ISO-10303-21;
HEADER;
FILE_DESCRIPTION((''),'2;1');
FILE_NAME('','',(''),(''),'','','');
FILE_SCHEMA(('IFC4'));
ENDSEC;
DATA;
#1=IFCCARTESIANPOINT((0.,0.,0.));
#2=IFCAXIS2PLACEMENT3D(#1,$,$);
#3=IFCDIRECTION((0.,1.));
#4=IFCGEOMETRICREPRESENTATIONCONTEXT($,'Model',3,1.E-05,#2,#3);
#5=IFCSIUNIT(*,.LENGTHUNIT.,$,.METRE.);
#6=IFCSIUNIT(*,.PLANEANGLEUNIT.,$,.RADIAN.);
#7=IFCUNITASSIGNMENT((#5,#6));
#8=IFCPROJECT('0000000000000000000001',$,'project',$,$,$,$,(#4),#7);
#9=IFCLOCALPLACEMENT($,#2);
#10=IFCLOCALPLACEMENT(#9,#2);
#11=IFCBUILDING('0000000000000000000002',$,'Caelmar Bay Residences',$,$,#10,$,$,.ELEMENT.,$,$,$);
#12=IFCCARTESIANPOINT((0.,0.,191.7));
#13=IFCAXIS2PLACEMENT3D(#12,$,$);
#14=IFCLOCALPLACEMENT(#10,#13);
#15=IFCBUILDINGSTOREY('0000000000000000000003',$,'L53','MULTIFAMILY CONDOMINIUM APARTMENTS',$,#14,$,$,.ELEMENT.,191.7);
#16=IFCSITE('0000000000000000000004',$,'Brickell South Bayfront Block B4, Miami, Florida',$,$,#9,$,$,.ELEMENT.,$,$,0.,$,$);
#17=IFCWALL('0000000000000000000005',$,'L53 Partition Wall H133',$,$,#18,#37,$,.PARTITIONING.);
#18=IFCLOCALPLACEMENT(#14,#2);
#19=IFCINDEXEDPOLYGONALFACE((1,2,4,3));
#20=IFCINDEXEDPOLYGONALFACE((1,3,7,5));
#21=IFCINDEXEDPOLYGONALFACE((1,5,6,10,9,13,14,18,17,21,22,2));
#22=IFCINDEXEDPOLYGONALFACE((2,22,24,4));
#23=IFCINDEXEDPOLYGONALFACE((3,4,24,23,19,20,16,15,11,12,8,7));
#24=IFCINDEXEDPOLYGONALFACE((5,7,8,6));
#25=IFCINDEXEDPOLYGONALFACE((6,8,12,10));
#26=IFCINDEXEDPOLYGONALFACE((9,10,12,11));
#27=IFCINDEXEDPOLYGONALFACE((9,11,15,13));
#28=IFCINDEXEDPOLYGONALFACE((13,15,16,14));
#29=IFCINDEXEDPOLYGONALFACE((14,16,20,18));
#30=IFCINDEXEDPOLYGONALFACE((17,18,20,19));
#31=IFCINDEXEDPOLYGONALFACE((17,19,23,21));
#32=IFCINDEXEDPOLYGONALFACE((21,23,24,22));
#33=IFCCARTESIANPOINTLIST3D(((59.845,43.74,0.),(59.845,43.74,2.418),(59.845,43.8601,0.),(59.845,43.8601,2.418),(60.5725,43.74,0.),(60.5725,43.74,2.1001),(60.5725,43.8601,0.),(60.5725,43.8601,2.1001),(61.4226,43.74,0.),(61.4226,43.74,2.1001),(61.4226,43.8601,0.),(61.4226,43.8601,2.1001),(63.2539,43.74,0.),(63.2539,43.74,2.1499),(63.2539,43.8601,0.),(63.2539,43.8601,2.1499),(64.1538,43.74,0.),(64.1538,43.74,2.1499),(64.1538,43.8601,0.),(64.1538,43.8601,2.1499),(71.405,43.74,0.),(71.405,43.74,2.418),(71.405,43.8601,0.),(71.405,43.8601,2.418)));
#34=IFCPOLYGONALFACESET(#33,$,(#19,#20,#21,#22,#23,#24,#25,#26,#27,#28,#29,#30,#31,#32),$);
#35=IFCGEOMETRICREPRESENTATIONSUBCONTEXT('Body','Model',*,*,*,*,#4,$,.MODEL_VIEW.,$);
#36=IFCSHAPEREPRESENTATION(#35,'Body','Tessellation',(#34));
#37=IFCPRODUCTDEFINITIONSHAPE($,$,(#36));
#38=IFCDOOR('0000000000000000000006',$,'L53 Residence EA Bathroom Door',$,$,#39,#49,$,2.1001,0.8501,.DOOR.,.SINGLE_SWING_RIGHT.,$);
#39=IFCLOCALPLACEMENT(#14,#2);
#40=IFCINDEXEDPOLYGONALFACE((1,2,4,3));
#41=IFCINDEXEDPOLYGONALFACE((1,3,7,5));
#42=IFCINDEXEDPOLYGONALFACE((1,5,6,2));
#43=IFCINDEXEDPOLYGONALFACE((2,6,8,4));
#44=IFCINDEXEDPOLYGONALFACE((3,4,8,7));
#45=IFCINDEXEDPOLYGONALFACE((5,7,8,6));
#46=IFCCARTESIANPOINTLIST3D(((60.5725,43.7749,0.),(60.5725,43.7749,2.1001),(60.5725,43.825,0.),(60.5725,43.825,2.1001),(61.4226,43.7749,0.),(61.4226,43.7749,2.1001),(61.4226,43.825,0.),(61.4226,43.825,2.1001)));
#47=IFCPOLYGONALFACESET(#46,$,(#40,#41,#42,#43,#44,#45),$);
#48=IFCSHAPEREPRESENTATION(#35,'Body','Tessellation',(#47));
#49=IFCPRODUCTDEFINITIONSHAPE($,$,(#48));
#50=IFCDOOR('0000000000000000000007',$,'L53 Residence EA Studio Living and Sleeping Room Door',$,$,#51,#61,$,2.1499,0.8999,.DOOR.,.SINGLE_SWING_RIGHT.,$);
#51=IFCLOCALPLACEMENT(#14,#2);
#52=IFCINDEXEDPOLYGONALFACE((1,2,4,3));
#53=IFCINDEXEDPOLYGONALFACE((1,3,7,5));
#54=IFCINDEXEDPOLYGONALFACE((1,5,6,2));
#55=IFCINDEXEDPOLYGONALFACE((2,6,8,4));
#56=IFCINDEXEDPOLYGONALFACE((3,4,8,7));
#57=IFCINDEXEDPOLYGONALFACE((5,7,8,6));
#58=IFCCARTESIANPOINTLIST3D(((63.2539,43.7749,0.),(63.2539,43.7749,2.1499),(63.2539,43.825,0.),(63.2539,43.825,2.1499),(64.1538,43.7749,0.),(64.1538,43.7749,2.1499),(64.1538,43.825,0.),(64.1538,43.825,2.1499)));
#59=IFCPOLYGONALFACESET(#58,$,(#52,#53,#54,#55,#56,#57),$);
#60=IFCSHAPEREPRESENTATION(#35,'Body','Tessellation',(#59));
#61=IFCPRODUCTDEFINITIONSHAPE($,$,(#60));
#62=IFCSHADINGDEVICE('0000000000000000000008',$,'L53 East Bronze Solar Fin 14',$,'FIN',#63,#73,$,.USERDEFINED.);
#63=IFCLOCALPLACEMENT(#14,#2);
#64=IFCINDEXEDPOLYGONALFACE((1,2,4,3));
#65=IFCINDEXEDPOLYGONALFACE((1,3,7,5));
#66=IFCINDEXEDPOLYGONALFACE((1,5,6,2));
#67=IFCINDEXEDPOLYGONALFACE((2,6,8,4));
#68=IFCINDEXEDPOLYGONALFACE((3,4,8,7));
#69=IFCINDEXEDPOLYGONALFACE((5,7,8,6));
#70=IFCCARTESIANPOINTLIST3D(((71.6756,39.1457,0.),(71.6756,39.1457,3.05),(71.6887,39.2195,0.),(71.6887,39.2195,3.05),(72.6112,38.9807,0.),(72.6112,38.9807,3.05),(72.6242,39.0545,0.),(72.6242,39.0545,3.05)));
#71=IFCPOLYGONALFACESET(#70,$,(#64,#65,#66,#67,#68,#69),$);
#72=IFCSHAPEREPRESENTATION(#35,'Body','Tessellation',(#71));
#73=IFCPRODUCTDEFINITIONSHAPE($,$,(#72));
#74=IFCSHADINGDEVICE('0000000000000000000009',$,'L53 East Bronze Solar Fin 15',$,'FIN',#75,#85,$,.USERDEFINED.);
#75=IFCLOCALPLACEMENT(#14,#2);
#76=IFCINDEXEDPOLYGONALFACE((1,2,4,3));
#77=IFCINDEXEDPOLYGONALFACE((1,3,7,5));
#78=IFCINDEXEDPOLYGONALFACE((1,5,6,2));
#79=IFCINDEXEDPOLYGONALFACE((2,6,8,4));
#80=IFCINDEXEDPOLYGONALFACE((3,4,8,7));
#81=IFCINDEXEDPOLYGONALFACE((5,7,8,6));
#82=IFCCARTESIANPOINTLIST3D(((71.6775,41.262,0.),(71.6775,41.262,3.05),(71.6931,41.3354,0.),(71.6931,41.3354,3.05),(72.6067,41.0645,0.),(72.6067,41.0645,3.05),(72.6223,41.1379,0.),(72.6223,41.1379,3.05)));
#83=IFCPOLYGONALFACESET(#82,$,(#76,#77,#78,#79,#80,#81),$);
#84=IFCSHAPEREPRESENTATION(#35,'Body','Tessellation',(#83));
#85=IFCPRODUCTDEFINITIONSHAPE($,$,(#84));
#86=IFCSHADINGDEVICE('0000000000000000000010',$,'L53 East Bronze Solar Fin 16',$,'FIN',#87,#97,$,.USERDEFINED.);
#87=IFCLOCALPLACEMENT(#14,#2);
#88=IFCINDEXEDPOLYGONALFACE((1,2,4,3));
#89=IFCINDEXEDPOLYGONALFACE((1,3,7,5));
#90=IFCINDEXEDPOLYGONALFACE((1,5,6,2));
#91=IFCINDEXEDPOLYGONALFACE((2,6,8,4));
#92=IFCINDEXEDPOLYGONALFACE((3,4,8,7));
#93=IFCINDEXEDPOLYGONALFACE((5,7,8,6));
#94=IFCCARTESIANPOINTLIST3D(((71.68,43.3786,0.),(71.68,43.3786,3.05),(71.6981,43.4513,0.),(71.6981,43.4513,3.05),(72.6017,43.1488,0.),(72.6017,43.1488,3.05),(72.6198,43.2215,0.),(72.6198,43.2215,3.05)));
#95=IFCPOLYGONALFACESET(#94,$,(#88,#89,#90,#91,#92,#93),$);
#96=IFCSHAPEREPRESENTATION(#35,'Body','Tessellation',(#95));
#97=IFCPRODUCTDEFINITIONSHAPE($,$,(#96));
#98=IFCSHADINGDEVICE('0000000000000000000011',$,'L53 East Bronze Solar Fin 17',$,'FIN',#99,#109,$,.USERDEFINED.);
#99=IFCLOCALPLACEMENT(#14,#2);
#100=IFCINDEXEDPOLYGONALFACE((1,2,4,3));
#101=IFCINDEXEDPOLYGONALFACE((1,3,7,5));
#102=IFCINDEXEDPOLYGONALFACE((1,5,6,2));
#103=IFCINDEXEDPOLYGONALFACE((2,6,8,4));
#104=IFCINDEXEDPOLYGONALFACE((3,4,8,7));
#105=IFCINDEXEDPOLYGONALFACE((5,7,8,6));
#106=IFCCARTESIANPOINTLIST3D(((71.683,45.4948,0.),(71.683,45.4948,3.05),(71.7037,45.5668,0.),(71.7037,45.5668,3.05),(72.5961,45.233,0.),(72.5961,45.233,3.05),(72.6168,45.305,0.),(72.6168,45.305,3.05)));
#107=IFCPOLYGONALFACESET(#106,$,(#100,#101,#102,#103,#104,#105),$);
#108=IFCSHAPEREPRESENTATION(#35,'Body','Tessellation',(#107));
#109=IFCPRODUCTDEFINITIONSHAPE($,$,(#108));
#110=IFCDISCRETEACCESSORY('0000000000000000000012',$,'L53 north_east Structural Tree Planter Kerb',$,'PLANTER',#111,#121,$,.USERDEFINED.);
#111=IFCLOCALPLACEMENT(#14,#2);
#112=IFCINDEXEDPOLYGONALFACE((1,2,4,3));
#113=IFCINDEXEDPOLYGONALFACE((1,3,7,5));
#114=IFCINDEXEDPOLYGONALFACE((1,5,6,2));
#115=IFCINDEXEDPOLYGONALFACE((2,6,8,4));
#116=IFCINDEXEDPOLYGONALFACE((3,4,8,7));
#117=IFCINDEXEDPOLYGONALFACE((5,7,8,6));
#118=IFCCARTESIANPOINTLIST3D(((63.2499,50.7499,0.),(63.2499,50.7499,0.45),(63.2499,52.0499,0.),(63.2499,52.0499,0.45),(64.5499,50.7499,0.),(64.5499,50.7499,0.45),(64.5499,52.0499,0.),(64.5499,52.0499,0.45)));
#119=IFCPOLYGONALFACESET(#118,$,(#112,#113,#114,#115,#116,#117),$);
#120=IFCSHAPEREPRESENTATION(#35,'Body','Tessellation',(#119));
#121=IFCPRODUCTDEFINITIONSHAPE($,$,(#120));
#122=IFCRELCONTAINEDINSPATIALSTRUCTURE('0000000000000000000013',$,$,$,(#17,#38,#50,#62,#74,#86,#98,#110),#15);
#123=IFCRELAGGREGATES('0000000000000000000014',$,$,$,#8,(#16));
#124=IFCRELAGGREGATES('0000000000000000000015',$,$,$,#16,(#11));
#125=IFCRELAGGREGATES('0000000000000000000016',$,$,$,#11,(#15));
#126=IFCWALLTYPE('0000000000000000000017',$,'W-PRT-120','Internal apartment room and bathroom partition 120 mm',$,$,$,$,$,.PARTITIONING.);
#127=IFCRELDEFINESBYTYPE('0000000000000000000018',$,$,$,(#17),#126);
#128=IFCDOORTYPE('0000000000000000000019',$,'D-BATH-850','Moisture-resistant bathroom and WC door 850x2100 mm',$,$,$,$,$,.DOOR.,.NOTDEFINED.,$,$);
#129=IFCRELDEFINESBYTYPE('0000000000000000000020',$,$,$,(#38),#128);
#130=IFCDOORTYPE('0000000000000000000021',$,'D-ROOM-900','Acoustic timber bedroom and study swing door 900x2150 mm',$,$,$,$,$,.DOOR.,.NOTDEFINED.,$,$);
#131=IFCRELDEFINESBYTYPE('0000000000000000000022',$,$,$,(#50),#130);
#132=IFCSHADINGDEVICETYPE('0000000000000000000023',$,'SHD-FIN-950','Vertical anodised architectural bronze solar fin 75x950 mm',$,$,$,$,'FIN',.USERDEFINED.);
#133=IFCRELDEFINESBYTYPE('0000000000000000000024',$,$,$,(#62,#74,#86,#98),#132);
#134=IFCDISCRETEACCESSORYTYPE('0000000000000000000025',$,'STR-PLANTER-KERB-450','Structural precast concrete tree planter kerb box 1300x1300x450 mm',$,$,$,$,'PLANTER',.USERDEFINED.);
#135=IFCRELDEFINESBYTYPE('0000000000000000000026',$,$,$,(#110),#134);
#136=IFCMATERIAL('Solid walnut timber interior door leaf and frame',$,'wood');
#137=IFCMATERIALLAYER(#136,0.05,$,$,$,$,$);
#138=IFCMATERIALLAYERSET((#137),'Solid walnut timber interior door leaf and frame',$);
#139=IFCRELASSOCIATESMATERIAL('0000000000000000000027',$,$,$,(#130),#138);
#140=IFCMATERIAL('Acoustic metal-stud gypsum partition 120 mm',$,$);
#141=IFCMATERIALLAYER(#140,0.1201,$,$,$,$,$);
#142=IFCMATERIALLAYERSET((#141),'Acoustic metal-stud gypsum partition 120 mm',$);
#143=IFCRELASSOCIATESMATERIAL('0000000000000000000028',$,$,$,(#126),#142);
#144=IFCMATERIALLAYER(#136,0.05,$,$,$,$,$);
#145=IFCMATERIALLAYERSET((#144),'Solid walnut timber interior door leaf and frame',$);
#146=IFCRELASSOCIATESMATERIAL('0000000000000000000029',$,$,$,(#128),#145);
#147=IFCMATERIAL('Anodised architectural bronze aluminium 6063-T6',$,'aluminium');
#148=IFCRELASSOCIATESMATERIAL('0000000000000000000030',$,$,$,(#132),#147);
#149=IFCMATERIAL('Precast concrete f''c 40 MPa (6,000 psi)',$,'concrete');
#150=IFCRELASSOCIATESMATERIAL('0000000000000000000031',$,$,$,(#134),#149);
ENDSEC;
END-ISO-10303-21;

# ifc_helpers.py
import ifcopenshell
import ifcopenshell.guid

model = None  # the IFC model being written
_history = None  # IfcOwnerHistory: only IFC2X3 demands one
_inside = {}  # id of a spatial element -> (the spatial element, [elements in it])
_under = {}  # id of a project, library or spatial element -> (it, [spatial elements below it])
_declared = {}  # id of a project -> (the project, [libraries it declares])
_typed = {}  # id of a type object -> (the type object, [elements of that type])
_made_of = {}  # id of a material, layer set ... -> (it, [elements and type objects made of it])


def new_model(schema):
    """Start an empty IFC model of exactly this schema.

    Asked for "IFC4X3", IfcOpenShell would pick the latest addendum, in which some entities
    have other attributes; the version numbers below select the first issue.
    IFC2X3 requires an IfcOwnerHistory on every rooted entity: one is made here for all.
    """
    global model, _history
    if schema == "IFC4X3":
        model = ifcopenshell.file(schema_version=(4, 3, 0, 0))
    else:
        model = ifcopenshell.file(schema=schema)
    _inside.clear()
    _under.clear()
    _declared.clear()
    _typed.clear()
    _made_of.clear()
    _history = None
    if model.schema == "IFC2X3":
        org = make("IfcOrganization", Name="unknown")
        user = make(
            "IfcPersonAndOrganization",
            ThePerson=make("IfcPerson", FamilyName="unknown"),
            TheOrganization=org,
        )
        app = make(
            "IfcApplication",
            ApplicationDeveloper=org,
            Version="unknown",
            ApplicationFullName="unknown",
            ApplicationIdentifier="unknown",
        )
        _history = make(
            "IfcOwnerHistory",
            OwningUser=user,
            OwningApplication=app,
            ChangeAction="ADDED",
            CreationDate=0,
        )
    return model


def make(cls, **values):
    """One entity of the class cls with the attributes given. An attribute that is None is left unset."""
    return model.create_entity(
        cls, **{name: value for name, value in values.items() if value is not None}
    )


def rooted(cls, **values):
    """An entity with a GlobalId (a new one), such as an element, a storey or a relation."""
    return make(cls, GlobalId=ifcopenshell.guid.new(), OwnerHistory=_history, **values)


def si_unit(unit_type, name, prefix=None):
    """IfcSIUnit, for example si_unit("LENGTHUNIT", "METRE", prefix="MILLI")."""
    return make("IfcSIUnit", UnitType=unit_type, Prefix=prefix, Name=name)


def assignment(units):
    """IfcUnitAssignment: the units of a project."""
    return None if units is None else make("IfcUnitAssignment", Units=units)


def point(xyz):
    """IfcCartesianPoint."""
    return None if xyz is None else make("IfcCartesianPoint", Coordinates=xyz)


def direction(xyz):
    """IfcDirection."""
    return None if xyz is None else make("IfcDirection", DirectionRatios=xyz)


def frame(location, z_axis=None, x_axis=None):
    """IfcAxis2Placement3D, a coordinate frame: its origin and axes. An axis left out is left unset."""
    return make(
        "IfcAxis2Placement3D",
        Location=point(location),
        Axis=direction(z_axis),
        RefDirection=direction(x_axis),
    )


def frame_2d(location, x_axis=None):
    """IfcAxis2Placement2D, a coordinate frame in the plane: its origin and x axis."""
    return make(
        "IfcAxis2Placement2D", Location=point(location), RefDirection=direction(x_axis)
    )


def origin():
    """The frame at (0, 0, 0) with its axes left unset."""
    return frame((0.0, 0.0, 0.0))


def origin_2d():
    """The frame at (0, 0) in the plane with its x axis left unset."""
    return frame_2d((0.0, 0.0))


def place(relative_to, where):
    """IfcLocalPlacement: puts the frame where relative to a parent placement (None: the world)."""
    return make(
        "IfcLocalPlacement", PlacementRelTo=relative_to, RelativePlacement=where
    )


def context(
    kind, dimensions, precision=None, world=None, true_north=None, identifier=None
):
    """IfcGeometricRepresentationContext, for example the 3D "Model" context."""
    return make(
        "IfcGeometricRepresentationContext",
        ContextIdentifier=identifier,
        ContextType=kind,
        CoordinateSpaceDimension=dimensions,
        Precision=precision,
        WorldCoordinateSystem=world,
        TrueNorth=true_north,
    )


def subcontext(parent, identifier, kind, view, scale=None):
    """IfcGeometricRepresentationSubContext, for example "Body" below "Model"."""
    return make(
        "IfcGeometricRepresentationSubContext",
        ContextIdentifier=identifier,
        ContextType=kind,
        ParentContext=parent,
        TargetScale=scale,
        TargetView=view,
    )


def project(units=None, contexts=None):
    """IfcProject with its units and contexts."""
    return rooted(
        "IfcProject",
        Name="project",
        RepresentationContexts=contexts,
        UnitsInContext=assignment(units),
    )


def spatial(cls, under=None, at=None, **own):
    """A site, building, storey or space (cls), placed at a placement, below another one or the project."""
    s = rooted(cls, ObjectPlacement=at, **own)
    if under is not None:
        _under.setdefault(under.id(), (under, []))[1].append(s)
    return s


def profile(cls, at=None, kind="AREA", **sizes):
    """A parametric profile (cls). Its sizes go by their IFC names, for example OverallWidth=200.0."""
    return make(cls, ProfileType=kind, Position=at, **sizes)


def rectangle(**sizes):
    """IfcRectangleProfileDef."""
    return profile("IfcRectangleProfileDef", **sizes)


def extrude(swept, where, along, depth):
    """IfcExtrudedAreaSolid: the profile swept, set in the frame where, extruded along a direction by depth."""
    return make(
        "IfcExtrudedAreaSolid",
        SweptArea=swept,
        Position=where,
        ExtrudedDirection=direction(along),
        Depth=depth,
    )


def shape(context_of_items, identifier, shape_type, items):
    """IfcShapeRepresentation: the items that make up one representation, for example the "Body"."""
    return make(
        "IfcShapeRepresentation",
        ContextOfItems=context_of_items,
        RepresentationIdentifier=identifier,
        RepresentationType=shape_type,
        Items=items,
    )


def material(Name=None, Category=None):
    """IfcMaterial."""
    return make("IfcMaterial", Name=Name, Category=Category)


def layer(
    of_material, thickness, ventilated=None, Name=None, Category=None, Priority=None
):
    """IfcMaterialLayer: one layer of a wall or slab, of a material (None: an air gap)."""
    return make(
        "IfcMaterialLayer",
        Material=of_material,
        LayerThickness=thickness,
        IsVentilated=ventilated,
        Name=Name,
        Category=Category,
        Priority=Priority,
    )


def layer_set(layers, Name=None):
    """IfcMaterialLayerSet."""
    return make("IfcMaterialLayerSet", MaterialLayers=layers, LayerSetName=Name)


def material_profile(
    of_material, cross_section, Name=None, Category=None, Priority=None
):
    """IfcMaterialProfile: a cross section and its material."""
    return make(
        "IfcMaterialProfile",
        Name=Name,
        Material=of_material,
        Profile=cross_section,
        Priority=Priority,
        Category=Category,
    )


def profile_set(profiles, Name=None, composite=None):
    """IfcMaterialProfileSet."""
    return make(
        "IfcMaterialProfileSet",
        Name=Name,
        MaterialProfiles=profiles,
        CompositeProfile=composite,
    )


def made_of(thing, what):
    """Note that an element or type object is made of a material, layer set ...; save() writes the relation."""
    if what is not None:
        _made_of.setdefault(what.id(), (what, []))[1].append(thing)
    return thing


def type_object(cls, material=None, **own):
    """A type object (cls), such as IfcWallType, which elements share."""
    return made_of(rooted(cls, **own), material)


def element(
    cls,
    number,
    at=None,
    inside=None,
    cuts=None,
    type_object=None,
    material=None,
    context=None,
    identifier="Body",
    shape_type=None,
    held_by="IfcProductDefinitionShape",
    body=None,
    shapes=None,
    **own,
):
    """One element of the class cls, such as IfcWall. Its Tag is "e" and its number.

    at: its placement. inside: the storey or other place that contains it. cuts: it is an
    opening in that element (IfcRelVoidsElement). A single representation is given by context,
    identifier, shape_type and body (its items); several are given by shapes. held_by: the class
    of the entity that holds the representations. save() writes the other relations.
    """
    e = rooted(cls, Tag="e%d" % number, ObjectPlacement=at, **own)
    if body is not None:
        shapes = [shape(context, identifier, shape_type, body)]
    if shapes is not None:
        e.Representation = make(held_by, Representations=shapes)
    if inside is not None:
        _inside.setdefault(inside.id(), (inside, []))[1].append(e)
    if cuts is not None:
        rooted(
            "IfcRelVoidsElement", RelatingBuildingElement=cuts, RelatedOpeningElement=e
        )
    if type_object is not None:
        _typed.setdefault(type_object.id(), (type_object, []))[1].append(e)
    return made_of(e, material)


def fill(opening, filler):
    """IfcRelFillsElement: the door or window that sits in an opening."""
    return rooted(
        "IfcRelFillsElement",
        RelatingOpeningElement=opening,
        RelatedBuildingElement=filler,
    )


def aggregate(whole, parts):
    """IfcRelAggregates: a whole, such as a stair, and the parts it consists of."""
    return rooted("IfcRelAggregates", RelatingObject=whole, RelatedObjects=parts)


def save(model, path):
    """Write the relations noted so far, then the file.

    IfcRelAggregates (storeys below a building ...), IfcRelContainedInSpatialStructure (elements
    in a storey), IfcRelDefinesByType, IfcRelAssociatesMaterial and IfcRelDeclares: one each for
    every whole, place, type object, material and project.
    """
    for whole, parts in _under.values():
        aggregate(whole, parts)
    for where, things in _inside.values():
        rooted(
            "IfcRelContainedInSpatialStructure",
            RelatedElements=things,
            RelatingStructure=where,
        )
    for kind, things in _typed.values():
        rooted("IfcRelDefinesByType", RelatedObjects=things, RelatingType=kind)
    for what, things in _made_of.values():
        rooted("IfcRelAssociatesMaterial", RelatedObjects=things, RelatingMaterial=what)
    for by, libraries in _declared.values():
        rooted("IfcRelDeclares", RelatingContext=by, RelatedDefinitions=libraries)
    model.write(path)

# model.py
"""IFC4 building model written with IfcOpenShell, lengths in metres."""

from ifc_helpers import new_model, si_unit, direction, frame, frame_2d, origin, origin_2d, place, context, subcontext, project, spatial, rectangle, extrude, material, layer, layer_set, material_profile, profile_set, type_object, element, fill, save


model = new_model("IFC4")

# Units and contexts
model_context = context("Model", 3, precision=1e-05, world=origin(), true_north=direction((0.0, 1.0)))
body_context = subcontext(model_context, "Body", "Model", "MODEL_VIEW")
ifc_project = project(units=[si_unit("LENGTHUNIT", "METRE"), si_unit("PLANEANGLEUNIT", "RADIAN")], contexts=[model_context])

# Site, building, storey
site_placement = place(None, origin())
site = spatial("IfcSite", under=ifc_project, at=site_placement, Name="Brickell South Bayfront Block B4, Miami, Florida", CompositionType="ELEMENT", RefElevation=0.0)
building_placement = place(site_placement, origin())
building = spatial("IfcBuilding", under=site, at=building_placement, Name="Caelmar Bay Residences", CompositionType="ELEMENT")
storey_placement = place(building_placement, frame((0.0, 0.0, 191.7)))
storey = spatial("IfcBuildingStorey", under=building, at=storey_placement, Name="L53", Description="MULTIFAMILY CONDOMINIUM APARTMENTS", CompositionType="ELEMENT", Elevation=191.7)

# Shared definitions
ifc_material_1 = material(Name="Precast concrete f'c 40 MPa (6,000 psi)", Category="concrete")

# Shared definitions
ifc_material_2 = material(Name="Solid walnut timber interior door leaf and frame", Category="wood")
ifc_layer_1 = layer(ifc_material_2, 0.05)
ifc_layer_set_1 = layer_set([ifc_layer_1], Name="Solid walnut timber interior door leaf and frame")
door_type_1 = type_object("IfcDoorType", Name="D-ROOM-900", Description="Acoustic timber bedroom and study swing door 900x2150 mm", OperationType="NOTDEFINED", PredefinedType="DOOR", material=ifc_layer_set_1)
ifc_material_3 = material(Name="Acoustic metal-stud gypsum partition 120 mm")
ifc_layer_2 = layer(ifc_material_3, 0.1201)
ifc_layer_set_2 = layer_set([ifc_layer_2], Name="Acoustic metal-stud gypsum partition 120 mm")
wall_type_1 = type_object("IfcWallType", Name="W-PRT-120", Description="Internal apartment room and bathroom partition 120 mm", PredefinedType="PARTITIONING", material=ifc_layer_set_2)

# Wall, openings, doors
wall_1_placement = place(storey_placement, frame((59.845, 43.8, 0.0), z_axis=(0.0, 0.0, 1.0), x_axis=(1.0, 0.0, 0.0)))
wall_1 = element("IfcWall", 1, at=wall_1_placement, inside=storey, type_object=wall_type_1, Name="L53 Partition Wall H133", PredefinedType="PARTITIONING", context=body_context, shape_type="SweptSolid", body=[
    extrude(rectangle(XDim=11.5601, YDim=0.1201, at=frame_2d((5.78, 0.0))), origin(), (0.0, 0.0, 1.0), 2.418),
])
opening_1_placement = place(wall_1_placement, frame((3.4089, 0.0, 0.0)))
opening_1 = element("IfcOpeningElement", 2, at=opening_1_placement, cuts=wall_1, PredefinedType="OPENING", context=body_context, shape_type="SweptSolid", body=[
    extrude(rectangle(XDim=0.8999, YDim=2.1499, at=frame_2d((0.45, 1.075))), frame((0.0, 0.0701, 0.0), z_axis=(0.0, -1.0, 0.0), x_axis=(1.0, 0.0, 0.0)), (0.0, 0.0, 1.0), 0.1401),
])
opening_2_placement = place(wall_1_placement, frame((0.7275, 0.0, 0.0)))
opening_2 = element("IfcOpeningElement", 3, at=opening_2_placement, cuts=wall_1, PredefinedType="OPENING", context=body_context, shape_type="SweptSolid", body=[
    extrude(rectangle(XDim=0.8501, YDim=2.1001, at=frame_2d((0.425, 1.05))), frame((0.0, 0.0701, 0.0), z_axis=(0.0, -1.0, 0.0), x_axis=(1.0, 0.0, 0.0)), (0.0, 0.0, 1.0), 0.1401),
])
ifc_layer_3 = layer(ifc_material_2, 0.05)
ifc_layer_set_3 = layer_set([ifc_layer_3], Name="Solid walnut timber interior door leaf and frame")
door_type_2 = type_object("IfcDoorType", Name="D-BATH-850", Description="Moisture-resistant bathroom and WC door 850x2100 mm", OperationType="NOTDEFINED", PredefinedType="DOOR", material=ifc_layer_set_3)
door_1_placement = place(opening_2_placement, origin())
door_1 = element("IfcDoor", 4, at=door_1_placement, inside=storey, type_object=door_type_2, Name="L53 Residence EA Bathroom Door", OperationType="SINGLE_SWING_RIGHT", OverallHeight=2.1001, OverallWidth=0.8501, PredefinedType="DOOR", context=body_context, shape_type="SweptSolid", body=[
    extrude(rectangle(XDim=0.8501, YDim=2.1001, at=frame_2d((0.425, 1.05))), frame((0.0, 0.0249, 0.0), z_axis=(0.0, -1.0, 0.0), x_axis=(1.0, 0.0, 0.0)), (0.0, 0.0, 1.0), 0.05),
])
fill(opening_2, door_1)
door_2_placement = place(opening_1_placement, origin())
door_2 = element("IfcDoor", 5, at=door_2_placement, inside=storey, type_object=door_type_1, Name="L53 Residence EA Studio Living and Sleeping Room Door", OperationType="SINGLE_SWING_RIGHT", OverallHeight=2.1499, OverallWidth=0.8999, PredefinedType="DOOR", context=body_context, shape_type="SweptSolid", body=[
    extrude(rectangle(XDim=0.8999, YDim=2.1499, at=frame_2d((0.45, 1.075))), frame((0.0, 0.0249, 0.0), z_axis=(0.0, -1.0, 0.0), x_axis=(1.0, 0.0, 0.0)), (0.0, 0.0, 1.0), 0.05),
])
fill(opening_1, door_2)

# Shading devices
ifc_material_4 = material(Name="Anodised architectural bronze aluminium 6063-T6", Category="aluminium")
ifc_material_profile_1 = material_profile(ifc_material_4, rectangle(XDim=0.075, YDim=0.95, at=origin_2d()), Name="BRONZE-FIN-75X950")
ifc_profile_set_1 = profile_set([ifc_material_profile_1], Name="Anodised architectural bronze aluminium 6063-T6")
shading_device_type = type_object("IfcShadingDeviceType", Name="SHD-FIN-950", Description="Vertical anodised architectural bronze solar fin 75x950 mm", ElementType="FIN", PredefinedType="USERDEFINED", material=ifc_profile_set_1)
for number, where, z_axis, x_axis, name in (
    (6, (72.1499, 39.1001, 0.0), (0.0, 0.0, 1.0), (0.173648, 0.984808, 0.0), "L53 East Bronze Solar Fin 14"),
    (7, (72.1499, 41.2, 0.0), (0.0, 0.0, 1.0), (0.207912, 0.978148, 0.0), "L53 East Bronze Solar Fin 15"),
    (8, (72.1499, 43.3, 0.0), (0.0, 0.0, 1.0), (0.241922, 0.970296, 0.0), "L53 East Bronze Solar Fin 16"),
    (9, (72.1499, 45.3999, 0.0), (0.0, 0.0, 1.0), (0.275637, 0.961262, 0.0), "L53 East Bronze Solar Fin 17"),
):
    element("IfcShadingDevice", number, at=place(storey_placement, frame(where, z_axis=z_axis, x_axis=x_axis)), inside=storey, type_object=shading_device_type, Name=name, ObjectType="FIN", PredefinedType="USERDEFINED", context=body_context, shape_type="SweptSolid", body=[
        extrude(rectangle(XDim=0.075, YDim=0.95, at=origin_2d()), origin(), (0.0, 0.0, 1.0), 3.05),
    ])

# Discrete accessory
discrete_accessory_type = type_object("IfcDiscreteAccessoryType", Name="STR-PLANTER-KERB-450", Description="Structural precast concrete tree planter kerb box 1300x1300x450 mm", ElementType="PLANTER", PredefinedType="USERDEFINED", material=ifc_material_1)
discrete_accessory_placement = place(storey_placement, frame((63.8999, 51.3999, 0.0), z_axis=(0.0, 0.0, 1.0), x_axis=(1.0, 0.0, 0.0)))
element("IfcDiscreteAccessory", 10, at=discrete_accessory_placement, inside=storey, type_object=discrete_accessory_type, Name="L53 north_east Structural Tree Planter Kerb", ObjectType="PLANTER", PredefinedType="USERDEFINED", context=body_context, shape_type="SweptSolid", body=[
    extrude(rectangle(XDim=1.3, YDim=1.3, at=origin_2d()), origin(), (0.0, 0.0, 1.0), 0.45),
])

save(model, "model.ifc")
